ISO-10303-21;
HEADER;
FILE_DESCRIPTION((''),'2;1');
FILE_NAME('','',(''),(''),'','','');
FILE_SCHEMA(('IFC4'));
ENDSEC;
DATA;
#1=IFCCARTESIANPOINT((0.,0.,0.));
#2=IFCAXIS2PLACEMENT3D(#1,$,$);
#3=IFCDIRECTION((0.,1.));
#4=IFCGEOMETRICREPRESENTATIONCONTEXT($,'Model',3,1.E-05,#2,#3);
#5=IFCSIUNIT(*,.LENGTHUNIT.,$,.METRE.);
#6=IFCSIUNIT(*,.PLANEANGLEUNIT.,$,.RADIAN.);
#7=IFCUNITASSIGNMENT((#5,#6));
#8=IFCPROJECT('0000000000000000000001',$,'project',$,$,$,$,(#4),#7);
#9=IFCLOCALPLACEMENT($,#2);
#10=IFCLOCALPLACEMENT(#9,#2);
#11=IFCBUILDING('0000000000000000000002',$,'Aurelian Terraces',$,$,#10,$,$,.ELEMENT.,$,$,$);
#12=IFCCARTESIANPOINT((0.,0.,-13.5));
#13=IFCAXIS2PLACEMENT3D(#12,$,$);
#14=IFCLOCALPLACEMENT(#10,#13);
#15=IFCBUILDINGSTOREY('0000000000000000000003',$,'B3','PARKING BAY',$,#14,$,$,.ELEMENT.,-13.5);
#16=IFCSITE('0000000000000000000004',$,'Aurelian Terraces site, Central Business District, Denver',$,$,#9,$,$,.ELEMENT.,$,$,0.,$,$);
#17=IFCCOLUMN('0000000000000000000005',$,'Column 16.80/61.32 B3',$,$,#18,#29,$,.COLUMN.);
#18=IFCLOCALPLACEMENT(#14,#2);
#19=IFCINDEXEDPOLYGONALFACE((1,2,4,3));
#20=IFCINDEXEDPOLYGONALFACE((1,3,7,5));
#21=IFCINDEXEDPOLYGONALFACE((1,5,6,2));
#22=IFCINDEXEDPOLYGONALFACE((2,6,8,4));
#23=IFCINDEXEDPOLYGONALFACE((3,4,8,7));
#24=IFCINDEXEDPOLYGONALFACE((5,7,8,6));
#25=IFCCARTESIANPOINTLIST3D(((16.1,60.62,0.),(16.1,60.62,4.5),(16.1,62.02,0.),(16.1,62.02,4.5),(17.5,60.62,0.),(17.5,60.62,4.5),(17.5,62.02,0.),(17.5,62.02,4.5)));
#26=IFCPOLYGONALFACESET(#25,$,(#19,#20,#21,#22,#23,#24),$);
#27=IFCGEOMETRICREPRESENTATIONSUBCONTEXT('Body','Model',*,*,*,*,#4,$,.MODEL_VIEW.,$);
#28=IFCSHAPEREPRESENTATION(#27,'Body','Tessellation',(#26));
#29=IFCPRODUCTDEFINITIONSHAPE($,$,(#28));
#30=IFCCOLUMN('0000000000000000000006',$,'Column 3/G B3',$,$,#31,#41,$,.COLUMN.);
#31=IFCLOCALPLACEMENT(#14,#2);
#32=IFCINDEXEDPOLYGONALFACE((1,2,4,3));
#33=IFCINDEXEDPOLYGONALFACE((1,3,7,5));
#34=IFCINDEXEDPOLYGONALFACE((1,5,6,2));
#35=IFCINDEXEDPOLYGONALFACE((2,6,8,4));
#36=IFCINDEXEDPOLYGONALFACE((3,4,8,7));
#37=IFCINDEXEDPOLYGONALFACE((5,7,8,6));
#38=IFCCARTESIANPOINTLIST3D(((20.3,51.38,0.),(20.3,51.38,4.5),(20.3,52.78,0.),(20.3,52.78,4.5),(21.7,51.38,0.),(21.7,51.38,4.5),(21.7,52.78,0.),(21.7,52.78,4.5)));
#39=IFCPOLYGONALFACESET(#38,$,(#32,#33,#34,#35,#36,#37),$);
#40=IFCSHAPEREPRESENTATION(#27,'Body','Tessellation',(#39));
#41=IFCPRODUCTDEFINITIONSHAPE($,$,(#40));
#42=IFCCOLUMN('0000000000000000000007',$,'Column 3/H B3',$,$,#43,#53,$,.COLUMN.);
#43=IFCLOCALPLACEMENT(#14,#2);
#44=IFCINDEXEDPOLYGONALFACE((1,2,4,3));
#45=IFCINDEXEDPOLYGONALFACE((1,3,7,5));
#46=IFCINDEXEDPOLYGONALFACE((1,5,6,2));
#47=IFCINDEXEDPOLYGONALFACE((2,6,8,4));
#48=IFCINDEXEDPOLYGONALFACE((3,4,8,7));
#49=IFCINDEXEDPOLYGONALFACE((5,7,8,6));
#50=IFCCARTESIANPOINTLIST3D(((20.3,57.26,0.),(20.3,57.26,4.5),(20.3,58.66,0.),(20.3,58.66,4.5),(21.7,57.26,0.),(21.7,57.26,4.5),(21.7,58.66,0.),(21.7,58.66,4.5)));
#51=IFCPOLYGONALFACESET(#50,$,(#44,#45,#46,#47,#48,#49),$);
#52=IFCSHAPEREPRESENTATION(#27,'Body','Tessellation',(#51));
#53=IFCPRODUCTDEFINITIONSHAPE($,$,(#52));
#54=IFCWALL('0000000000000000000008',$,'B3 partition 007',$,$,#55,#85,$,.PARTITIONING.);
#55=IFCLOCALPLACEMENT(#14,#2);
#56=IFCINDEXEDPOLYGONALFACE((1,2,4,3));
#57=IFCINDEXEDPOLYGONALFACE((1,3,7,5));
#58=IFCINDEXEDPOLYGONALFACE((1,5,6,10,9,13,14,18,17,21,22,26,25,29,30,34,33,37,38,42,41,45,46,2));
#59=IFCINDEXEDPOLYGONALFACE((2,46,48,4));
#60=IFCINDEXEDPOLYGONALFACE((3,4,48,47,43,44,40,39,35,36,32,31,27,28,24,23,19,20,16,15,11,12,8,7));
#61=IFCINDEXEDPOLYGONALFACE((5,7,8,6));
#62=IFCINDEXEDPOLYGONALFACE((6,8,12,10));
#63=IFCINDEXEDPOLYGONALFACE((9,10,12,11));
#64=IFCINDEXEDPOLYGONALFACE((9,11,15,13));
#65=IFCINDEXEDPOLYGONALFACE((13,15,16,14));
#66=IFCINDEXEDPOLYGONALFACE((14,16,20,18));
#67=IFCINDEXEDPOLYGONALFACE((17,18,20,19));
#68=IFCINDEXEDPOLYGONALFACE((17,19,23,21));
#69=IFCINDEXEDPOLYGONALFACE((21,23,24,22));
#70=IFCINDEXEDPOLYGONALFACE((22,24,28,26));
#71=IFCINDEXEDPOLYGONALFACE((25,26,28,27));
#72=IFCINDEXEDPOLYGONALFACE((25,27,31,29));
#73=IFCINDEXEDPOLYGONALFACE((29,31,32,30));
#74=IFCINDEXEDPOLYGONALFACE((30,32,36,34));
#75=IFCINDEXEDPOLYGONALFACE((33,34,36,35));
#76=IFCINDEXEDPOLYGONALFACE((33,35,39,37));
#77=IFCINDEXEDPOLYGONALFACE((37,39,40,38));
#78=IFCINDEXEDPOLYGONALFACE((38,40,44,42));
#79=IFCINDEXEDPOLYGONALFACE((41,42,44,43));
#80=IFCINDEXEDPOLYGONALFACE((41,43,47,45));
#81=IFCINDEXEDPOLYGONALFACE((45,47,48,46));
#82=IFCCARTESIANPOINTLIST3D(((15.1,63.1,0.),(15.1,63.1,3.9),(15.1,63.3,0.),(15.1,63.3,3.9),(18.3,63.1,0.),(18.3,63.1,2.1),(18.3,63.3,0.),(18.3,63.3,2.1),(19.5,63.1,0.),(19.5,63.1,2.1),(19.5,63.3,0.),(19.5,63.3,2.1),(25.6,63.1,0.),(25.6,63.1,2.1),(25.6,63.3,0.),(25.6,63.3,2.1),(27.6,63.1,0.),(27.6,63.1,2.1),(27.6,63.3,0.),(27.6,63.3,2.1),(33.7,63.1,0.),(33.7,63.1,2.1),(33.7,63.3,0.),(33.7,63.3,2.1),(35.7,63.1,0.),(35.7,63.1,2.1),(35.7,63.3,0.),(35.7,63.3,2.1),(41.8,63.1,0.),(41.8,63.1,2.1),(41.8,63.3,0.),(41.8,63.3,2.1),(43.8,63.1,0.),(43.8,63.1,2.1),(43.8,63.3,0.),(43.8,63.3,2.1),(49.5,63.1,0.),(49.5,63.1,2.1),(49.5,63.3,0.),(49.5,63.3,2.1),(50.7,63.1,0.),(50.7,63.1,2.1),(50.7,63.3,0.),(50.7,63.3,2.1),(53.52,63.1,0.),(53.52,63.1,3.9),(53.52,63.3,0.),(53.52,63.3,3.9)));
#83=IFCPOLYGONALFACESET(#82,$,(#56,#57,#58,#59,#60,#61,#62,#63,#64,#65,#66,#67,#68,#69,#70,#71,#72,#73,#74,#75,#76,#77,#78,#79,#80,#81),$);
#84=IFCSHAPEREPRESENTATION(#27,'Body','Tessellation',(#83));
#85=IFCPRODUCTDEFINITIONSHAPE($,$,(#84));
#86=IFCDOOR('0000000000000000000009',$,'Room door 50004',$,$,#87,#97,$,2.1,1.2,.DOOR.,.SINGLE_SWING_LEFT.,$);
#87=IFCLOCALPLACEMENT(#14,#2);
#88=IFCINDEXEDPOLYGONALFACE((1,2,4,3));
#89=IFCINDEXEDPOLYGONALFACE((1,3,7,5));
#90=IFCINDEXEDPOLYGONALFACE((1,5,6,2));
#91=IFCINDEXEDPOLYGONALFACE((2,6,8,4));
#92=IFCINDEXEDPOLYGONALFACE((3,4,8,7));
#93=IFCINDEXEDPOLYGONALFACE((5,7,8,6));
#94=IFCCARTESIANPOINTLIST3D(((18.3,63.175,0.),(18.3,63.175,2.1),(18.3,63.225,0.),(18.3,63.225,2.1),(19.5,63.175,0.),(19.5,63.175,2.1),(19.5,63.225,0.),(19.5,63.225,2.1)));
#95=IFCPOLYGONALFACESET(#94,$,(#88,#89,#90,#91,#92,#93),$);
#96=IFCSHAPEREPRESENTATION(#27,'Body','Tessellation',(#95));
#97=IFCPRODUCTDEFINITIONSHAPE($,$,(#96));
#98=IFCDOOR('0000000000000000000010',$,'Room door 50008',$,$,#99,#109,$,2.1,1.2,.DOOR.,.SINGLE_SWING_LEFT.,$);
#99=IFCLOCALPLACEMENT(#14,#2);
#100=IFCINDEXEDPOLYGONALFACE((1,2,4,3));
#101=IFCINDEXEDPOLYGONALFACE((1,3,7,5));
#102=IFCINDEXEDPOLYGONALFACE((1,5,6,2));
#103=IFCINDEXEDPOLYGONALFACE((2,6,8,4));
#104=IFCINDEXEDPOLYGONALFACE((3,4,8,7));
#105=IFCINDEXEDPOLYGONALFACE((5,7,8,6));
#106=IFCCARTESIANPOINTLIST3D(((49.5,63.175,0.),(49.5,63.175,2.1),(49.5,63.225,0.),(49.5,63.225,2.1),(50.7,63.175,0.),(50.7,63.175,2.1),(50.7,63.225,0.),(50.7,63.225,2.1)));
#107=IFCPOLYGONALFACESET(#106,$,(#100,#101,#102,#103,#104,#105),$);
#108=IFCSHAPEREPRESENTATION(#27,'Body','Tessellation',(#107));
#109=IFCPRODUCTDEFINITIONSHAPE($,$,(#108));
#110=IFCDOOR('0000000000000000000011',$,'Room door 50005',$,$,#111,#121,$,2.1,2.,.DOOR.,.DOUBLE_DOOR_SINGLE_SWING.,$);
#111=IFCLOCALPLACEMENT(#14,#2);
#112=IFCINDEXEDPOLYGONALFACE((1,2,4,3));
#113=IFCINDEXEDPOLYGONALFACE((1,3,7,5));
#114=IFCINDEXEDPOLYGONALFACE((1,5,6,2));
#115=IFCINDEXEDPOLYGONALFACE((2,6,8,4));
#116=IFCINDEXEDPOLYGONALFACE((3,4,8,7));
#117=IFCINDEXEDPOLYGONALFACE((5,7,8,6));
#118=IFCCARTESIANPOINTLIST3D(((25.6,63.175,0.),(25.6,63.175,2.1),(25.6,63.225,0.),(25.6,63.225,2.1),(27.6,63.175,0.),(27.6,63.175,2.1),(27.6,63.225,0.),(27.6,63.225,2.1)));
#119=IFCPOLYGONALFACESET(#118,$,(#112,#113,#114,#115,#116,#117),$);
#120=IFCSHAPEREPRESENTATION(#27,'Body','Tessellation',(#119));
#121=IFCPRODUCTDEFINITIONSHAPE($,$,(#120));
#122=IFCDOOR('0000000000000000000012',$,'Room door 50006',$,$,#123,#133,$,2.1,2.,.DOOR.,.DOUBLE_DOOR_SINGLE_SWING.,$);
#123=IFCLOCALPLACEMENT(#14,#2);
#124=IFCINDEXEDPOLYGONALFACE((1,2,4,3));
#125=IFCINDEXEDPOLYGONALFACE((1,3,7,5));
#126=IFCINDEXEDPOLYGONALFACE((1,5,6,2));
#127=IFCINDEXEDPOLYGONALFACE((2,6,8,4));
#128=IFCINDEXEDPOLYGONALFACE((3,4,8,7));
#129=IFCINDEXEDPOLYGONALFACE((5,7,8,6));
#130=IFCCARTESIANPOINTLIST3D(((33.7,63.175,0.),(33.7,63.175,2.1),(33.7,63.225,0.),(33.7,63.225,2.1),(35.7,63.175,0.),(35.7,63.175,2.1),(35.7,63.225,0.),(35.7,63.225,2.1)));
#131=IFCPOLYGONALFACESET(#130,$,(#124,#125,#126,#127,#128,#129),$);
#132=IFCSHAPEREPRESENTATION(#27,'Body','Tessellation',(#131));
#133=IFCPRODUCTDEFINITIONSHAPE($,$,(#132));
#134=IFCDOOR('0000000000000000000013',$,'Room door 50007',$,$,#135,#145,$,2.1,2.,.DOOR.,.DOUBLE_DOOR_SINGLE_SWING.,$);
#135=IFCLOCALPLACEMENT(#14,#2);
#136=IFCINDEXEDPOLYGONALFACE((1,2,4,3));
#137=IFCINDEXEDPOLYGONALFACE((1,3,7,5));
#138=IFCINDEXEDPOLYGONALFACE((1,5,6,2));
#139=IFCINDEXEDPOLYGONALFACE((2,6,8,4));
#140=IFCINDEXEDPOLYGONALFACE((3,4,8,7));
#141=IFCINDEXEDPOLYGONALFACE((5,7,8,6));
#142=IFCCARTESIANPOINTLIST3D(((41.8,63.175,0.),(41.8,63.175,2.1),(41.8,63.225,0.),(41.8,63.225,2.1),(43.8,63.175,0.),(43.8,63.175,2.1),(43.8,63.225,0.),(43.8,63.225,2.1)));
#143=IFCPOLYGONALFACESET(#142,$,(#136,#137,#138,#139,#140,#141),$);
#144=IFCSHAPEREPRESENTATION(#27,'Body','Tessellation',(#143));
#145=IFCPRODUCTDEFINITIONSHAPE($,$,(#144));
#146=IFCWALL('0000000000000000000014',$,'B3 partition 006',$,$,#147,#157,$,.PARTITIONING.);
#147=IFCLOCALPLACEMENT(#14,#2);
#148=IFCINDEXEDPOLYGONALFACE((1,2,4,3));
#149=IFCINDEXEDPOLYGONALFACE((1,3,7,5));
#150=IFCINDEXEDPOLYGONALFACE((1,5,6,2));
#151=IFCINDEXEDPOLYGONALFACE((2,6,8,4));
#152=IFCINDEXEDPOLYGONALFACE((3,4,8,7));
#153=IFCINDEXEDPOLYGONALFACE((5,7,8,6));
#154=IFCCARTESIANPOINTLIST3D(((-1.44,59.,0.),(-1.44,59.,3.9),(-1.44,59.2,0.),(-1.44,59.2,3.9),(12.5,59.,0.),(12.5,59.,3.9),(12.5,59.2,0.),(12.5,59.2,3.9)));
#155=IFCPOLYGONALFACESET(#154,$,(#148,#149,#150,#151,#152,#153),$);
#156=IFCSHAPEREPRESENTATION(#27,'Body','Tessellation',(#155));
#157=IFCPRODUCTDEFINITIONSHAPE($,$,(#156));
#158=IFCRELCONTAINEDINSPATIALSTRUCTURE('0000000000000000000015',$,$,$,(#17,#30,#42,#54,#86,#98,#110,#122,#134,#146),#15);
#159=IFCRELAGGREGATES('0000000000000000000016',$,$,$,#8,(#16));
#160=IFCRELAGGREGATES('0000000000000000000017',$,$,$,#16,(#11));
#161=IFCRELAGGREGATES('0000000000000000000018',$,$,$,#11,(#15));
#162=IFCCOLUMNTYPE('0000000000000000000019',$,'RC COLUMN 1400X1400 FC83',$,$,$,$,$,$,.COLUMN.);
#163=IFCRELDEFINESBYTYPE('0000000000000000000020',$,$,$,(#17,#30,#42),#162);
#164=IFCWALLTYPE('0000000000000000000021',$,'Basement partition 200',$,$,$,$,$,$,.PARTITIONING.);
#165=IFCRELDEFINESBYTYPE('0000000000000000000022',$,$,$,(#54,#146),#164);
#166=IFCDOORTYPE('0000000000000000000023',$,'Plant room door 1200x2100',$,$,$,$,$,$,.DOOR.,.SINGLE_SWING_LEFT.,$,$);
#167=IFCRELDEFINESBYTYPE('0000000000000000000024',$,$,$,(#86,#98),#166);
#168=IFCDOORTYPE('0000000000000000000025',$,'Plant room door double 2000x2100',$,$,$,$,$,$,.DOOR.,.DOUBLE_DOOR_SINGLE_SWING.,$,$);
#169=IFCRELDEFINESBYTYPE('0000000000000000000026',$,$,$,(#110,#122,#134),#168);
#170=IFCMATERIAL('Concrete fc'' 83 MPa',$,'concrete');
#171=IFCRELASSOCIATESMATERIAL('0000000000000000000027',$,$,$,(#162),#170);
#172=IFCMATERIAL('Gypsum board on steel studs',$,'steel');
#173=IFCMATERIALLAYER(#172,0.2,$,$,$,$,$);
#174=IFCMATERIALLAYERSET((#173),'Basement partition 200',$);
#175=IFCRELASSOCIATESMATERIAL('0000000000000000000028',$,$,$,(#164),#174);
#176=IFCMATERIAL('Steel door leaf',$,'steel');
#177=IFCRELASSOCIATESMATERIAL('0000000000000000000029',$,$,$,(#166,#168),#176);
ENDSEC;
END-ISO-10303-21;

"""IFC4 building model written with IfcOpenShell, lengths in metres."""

from ifc_helpers import new_model, si_unit, direction, frame, frame_2d, origin, origin_2d, place, context, subcontext, project, spatial, rectangle, extrude, source, transform, mapped, material, layer, layer_set, material_profile, profile_set, type_object, element, fill, save


model = new_model("IFC4")

# Units and contexts
model_context = context("Model", 3, precision=1e-05, world=origin(), true_north=direction((0.0, 1.0)))
body_context = subcontext(model_context, "Body", "Model", "MODEL_VIEW")
ifc_project = project(units=[si_unit("LENGTHUNIT", "METRE"), si_unit("PLANEANGLEUNIT", "RADIAN")], contexts=[model_context])

# Site, building, storey
site_placement = place(None, origin())
site = spatial("IfcSite", under=ifc_project, at=site_placement, Name="Aurelian Terraces site, Central Business District, Denver", CompositionType="ELEMENT", RefElevation=0.0)
building_placement = place(site_placement, origin())
building = spatial("IfcBuilding", under=site, at=building_placement, Name="Aurelian Terraces", CompositionType="ELEMENT")
storey_placement = place(building_placement, frame((0.0, 0.0, -13.5)))
storey = spatial("IfcBuildingStorey", under=building, at=storey_placement, Name="B3", Description="PARKING BAY", CompositionType="ELEMENT", Elevation=-13.5)

# Columns
ifc_material_1 = material(Name="Concrete fc' 83 MPa", Category="concrete")
ifc_material_profile_1 = material_profile(ifc_material_1, rectangle(XDim=1.4, YDim=1.4, at=origin_2d()))
ifc_profile_set_1 = profile_set([ifc_material_profile_1], Name="Concrete fc' 83 MPa")
column_type = type_object("IfcColumnType", Name="RC COLUMN 1400X1400 FC83", PredefinedType="COLUMN", material=ifc_profile_set_1)
shared_shape_1 = source(origin(), body_context, "Body", "SweptSolid", [
    extrude(rectangle(XDim=1.4, YDim=1.4, at=origin_2d()), origin(), (0.0, 0.0, 1.0), 4.5),
])
for number, where, z_axis, x_axis, name in (
    (1, (16.8, 61.32, 0.0), (0.0, 0.0, 1.0), (1.0, 0.0, 0.0), "Column 16.80/61.32 B3"),
    (2, (21.0, 52.08, 0.0), (0.0, 0.0, 1.0), (1.0, 0.0, 0.0), "Column 3/G B3"),
    (3, (21.0, 57.96, 0.0), (0.0, 0.0, 1.0), (1.0, 0.0, 0.0), "Column 3/H B3"),
):
    element("IfcColumn", number, at=place(storey_placement, frame(where, z_axis=z_axis, x_axis=x_axis)), inside=storey, type_object=column_type, Name=name, PredefinedType="COLUMN", context=body_context, shape_type="MappedRepresentation", body=[
        mapped(shared_shape_1, transform((0.0, 0.0, 0.0), scale=1.0)),
    ])

# Wall, openings, doors
ifc_material_2 = material(Name="Gypsum board on steel studs", Category="steel")
ifc_layer = layer(ifc_material_2, 0.2)
ifc_layer_set = layer_set([ifc_layer], Name="Basement partition 200")
wall_type = type_object("IfcWallType", Name="Basement partition 200", PredefinedType="PARTITIONING", material=ifc_layer_set)
wall_1_placement = place(storey_placement, frame((15.1, 63.2, 0.0), z_axis=(0.0, 0.0, 1.0), x_axis=(1.0, 0.0, 0.0)))
wall_1 = element("IfcWall", 4, at=wall_1_placement, inside=storey, type_object=wall_type, Name="B3 partition 007", PredefinedType="PARTITIONING", context=body_context, shape_type="SweptSolid", body=[
    extrude(rectangle(XDim=38.42, YDim=0.2, at=frame_2d((19.21, 0.0))), origin(), (0.0, 0.0, 1.0), 3.9),
])
shared_shape_2 = source(origin(), body_context, "Body", "SweptSolid", [
    extrude(rectangle(XDim=1.2, YDim=2.1, at=frame_2d((0.6, 1.05))), frame((0.0, 0.11, 0.0), z_axis=(0.0, -1.0, 0.0), x_axis=(1.0, 0.0, 0.0)), (0.0, 0.0, 1.0), 0.22),
])
opening_1_placement = place(wall_1_placement, frame((3.2, 0.0, 0.0)))
opening_1 = element("IfcOpeningElement", 5, at=opening_1_placement, cuts=wall_1, PredefinedType="OPENING", context=body_context, shape_type="MappedRepresentation", body=[
    mapped(shared_shape_2, transform((0.0, 0.0, 0.0), scale=1.0)),
])
shared_shape_3 = source(origin(), body_context, "Body", "SweptSolid", [
    extrude(rectangle(XDim=2.0, YDim=2.1, at=frame_2d((1.0, 1.05))), frame((0.0, 0.11, 0.0), z_axis=(0.0, -1.0, 0.0), x_axis=(1.0, 0.0, 0.0)), (0.0, 0.0, 1.0), 0.22),
])
opening_2_placement = place(wall_1_placement, frame((10.5, 0.0, 0.0)))
opening_2 = element("IfcOpeningElement", 6, at=opening_2_placement, cuts=wall_1, PredefinedType="OPENING", context=body_context, shape_type="MappedRepresentation", body=[
    mapped(shared_shape_3, transform((0.0, 0.0, 0.0), scale=1.0)),
])
opening_3_placement = place(wall_1_placement, frame((18.6, 0.0, 0.0)))
opening_3 = element("IfcOpeningElement", 7, at=opening_3_placement, cuts=wall_1, PredefinedType="OPENING", context=body_context, shape_type="MappedRepresentation", body=[
    mapped(shared_shape_3, transform((0.0, 0.0, 0.0), scale=1.0)),
])
opening_4_placement = place(wall_1_placement, frame((26.7, 0.0, 0.0)))
opening_4 = element("IfcOpeningElement", 8, at=opening_4_placement, cuts=wall_1, PredefinedType="OPENING", context=body_context, shape_type="MappedRepresentation", body=[
    mapped(shared_shape_3, transform((0.0, 0.0, 0.0), scale=1.0)),
])
opening_5_placement = place(wall_1_placement, frame((34.4, 0.0, 0.0)))
opening_5 = element("IfcOpeningElement", 9, at=opening_5_placement, cuts=wall_1, PredefinedType="OPENING", context=body_context, shape_type="MappedRepresentation", body=[
    mapped(shared_shape_2, transform((0.0, 0.0, 0.0), scale=1.0)),
])
ifc_material_3 = material(Name="Steel door leaf", Category="steel")
door_type_1 = type_object("IfcDoorType", Name="Plant room door 1200x2100", OperationType="SINGLE_SWING_LEFT", PredefinedType="DOOR", material=ifc_material_3)
shared_shape_4 = source(origin(), body_context, "Body", "SweptSolid", [
    extrude(rectangle(XDim=1.2, YDim=2.1, at=frame_2d((0.6, 1.05))), frame((0.0, 0.025, 0.0), z_axis=(0.0, -1.0, 0.0), x_axis=(1.0, 0.0, 0.0)), (0.0, 0.0, 1.0), 0.05),
])
door_1_placement = place(opening_1_placement, origin())
door_1 = element("IfcDoor", 10, at=door_1_placement, inside=storey, type_object=door_type_1, Name="Room door 50004", OperationType="SINGLE_SWING_LEFT", OverallHeight=2.1, OverallWidth=1.2, PredefinedType="DOOR", context=body_context, shape_type="MappedRepresentation", body=[
    mapped(shared_shape_4, transform((0.0, 0.0, 0.0), scale=1.0)),
])
fill(opening_1, door_1)
door_2_placement = place(opening_5_placement, origin())
door_2 = element("IfcDoor", 11, at=door_2_placement, inside=storey, type_object=door_type_1, Name="Room door 50008", OperationType="SINGLE_SWING_LEFT", OverallHeight=2.1, OverallWidth=1.2, PredefinedType="DOOR", context=body_context, shape_type="MappedRepresentation", body=[
    mapped(shared_shape_4, transform((0.0, 0.0, 0.0), scale=1.0)),
])
fill(opening_5, door_2)
door_type_2 = type_object("IfcDoorType", Name="Plant room door double 2000x2100", OperationType="DOUBLE_DOOR_SINGLE_SWING", PredefinedType="DOOR", material=ifc_material_3)
shared_shape_5 = source(origin(), body_context, "Body", "SweptSolid", [
    extrude(rectangle(XDim=2.0, YDim=2.1, at=frame_2d((1.0, 1.05))), frame((0.0, 0.025, 0.0), z_axis=(0.0, -1.0, 0.0), x_axis=(1.0, 0.0, 0.0)), (0.0, 0.0, 1.0), 0.05),
])
door_3_placement = place(opening_2_placement, origin())
door_3 = element("IfcDoor", 12, at=door_3_placement, inside=storey, type_object=door_type_2, Name="Room door 50005", OperationType="DOUBLE_DOOR_SINGLE_SWING", OverallHeight=2.1, OverallWidth=2.0, PredefinedType="DOOR", context=body_context, shape_type="MappedRepresentation", body=[
    mapped(shared_shape_5, transform((0.0, 0.0, 0.0), scale=1.0)),
])
fill(opening_2, door_3)
door_4_placement = place(opening_3_placement, origin())
door_4 = element("IfcDoor", 13, at=door_4_placement, inside=storey, type_object=door_type_2, Name="Room door 50006", OperationType="DOUBLE_DOOR_SINGLE_SWING", OverallHeight=2.1, OverallWidth=2.0, PredefinedType="DOOR", context=body_context, shape_type="MappedRepresentation", body=[
    mapped(shared_shape_5, transform((0.0, 0.0, 0.0), scale=1.0)),
])
fill(opening_3, door_4)
door_5_placement = place(opening_4_placement, origin())
door_5 = element("IfcDoor", 14, at=door_5_placement, inside=storey, type_object=door_type_2, Name="Room door 50007", OperationType="DOUBLE_DOOR_SINGLE_SWING", OverallHeight=2.1, OverallWidth=2.0, PredefinedType="DOOR", context=body_context, shape_type="MappedRepresentation", body=[
    mapped(shared_shape_5, transform((0.0, 0.0, 0.0), scale=1.0)),
])
fill(opening_4, door_5)

# Wall
shared_shape_6 = source(origin(), body_context, "Body", "SweptSolid", [
    extrude(rectangle(XDim=13.94, YDim=0.2, at=frame_2d((6.97, 0.0))), origin(), (0.0, 0.0, 1.0), 3.9),
])
wall_2_placement = place(storey_placement, frame((-1.44, 59.1, 0.0), z_axis=(0.0, 0.0, 1.0), x_axis=(1.0, 0.0, 0.0)))
element("IfcWall", 15, at=wall_2_placement, inside=storey, type_object=wall_type, Name="B3 partition 006", PredefinedType="PARTITIONING", context=body_context, shape_type="MappedRepresentation", body=[
    mapped(shared_shape_6, transform((0.0, 0.0, 0.0), scale=1.0)),
])

save(model, "model.ifc")
